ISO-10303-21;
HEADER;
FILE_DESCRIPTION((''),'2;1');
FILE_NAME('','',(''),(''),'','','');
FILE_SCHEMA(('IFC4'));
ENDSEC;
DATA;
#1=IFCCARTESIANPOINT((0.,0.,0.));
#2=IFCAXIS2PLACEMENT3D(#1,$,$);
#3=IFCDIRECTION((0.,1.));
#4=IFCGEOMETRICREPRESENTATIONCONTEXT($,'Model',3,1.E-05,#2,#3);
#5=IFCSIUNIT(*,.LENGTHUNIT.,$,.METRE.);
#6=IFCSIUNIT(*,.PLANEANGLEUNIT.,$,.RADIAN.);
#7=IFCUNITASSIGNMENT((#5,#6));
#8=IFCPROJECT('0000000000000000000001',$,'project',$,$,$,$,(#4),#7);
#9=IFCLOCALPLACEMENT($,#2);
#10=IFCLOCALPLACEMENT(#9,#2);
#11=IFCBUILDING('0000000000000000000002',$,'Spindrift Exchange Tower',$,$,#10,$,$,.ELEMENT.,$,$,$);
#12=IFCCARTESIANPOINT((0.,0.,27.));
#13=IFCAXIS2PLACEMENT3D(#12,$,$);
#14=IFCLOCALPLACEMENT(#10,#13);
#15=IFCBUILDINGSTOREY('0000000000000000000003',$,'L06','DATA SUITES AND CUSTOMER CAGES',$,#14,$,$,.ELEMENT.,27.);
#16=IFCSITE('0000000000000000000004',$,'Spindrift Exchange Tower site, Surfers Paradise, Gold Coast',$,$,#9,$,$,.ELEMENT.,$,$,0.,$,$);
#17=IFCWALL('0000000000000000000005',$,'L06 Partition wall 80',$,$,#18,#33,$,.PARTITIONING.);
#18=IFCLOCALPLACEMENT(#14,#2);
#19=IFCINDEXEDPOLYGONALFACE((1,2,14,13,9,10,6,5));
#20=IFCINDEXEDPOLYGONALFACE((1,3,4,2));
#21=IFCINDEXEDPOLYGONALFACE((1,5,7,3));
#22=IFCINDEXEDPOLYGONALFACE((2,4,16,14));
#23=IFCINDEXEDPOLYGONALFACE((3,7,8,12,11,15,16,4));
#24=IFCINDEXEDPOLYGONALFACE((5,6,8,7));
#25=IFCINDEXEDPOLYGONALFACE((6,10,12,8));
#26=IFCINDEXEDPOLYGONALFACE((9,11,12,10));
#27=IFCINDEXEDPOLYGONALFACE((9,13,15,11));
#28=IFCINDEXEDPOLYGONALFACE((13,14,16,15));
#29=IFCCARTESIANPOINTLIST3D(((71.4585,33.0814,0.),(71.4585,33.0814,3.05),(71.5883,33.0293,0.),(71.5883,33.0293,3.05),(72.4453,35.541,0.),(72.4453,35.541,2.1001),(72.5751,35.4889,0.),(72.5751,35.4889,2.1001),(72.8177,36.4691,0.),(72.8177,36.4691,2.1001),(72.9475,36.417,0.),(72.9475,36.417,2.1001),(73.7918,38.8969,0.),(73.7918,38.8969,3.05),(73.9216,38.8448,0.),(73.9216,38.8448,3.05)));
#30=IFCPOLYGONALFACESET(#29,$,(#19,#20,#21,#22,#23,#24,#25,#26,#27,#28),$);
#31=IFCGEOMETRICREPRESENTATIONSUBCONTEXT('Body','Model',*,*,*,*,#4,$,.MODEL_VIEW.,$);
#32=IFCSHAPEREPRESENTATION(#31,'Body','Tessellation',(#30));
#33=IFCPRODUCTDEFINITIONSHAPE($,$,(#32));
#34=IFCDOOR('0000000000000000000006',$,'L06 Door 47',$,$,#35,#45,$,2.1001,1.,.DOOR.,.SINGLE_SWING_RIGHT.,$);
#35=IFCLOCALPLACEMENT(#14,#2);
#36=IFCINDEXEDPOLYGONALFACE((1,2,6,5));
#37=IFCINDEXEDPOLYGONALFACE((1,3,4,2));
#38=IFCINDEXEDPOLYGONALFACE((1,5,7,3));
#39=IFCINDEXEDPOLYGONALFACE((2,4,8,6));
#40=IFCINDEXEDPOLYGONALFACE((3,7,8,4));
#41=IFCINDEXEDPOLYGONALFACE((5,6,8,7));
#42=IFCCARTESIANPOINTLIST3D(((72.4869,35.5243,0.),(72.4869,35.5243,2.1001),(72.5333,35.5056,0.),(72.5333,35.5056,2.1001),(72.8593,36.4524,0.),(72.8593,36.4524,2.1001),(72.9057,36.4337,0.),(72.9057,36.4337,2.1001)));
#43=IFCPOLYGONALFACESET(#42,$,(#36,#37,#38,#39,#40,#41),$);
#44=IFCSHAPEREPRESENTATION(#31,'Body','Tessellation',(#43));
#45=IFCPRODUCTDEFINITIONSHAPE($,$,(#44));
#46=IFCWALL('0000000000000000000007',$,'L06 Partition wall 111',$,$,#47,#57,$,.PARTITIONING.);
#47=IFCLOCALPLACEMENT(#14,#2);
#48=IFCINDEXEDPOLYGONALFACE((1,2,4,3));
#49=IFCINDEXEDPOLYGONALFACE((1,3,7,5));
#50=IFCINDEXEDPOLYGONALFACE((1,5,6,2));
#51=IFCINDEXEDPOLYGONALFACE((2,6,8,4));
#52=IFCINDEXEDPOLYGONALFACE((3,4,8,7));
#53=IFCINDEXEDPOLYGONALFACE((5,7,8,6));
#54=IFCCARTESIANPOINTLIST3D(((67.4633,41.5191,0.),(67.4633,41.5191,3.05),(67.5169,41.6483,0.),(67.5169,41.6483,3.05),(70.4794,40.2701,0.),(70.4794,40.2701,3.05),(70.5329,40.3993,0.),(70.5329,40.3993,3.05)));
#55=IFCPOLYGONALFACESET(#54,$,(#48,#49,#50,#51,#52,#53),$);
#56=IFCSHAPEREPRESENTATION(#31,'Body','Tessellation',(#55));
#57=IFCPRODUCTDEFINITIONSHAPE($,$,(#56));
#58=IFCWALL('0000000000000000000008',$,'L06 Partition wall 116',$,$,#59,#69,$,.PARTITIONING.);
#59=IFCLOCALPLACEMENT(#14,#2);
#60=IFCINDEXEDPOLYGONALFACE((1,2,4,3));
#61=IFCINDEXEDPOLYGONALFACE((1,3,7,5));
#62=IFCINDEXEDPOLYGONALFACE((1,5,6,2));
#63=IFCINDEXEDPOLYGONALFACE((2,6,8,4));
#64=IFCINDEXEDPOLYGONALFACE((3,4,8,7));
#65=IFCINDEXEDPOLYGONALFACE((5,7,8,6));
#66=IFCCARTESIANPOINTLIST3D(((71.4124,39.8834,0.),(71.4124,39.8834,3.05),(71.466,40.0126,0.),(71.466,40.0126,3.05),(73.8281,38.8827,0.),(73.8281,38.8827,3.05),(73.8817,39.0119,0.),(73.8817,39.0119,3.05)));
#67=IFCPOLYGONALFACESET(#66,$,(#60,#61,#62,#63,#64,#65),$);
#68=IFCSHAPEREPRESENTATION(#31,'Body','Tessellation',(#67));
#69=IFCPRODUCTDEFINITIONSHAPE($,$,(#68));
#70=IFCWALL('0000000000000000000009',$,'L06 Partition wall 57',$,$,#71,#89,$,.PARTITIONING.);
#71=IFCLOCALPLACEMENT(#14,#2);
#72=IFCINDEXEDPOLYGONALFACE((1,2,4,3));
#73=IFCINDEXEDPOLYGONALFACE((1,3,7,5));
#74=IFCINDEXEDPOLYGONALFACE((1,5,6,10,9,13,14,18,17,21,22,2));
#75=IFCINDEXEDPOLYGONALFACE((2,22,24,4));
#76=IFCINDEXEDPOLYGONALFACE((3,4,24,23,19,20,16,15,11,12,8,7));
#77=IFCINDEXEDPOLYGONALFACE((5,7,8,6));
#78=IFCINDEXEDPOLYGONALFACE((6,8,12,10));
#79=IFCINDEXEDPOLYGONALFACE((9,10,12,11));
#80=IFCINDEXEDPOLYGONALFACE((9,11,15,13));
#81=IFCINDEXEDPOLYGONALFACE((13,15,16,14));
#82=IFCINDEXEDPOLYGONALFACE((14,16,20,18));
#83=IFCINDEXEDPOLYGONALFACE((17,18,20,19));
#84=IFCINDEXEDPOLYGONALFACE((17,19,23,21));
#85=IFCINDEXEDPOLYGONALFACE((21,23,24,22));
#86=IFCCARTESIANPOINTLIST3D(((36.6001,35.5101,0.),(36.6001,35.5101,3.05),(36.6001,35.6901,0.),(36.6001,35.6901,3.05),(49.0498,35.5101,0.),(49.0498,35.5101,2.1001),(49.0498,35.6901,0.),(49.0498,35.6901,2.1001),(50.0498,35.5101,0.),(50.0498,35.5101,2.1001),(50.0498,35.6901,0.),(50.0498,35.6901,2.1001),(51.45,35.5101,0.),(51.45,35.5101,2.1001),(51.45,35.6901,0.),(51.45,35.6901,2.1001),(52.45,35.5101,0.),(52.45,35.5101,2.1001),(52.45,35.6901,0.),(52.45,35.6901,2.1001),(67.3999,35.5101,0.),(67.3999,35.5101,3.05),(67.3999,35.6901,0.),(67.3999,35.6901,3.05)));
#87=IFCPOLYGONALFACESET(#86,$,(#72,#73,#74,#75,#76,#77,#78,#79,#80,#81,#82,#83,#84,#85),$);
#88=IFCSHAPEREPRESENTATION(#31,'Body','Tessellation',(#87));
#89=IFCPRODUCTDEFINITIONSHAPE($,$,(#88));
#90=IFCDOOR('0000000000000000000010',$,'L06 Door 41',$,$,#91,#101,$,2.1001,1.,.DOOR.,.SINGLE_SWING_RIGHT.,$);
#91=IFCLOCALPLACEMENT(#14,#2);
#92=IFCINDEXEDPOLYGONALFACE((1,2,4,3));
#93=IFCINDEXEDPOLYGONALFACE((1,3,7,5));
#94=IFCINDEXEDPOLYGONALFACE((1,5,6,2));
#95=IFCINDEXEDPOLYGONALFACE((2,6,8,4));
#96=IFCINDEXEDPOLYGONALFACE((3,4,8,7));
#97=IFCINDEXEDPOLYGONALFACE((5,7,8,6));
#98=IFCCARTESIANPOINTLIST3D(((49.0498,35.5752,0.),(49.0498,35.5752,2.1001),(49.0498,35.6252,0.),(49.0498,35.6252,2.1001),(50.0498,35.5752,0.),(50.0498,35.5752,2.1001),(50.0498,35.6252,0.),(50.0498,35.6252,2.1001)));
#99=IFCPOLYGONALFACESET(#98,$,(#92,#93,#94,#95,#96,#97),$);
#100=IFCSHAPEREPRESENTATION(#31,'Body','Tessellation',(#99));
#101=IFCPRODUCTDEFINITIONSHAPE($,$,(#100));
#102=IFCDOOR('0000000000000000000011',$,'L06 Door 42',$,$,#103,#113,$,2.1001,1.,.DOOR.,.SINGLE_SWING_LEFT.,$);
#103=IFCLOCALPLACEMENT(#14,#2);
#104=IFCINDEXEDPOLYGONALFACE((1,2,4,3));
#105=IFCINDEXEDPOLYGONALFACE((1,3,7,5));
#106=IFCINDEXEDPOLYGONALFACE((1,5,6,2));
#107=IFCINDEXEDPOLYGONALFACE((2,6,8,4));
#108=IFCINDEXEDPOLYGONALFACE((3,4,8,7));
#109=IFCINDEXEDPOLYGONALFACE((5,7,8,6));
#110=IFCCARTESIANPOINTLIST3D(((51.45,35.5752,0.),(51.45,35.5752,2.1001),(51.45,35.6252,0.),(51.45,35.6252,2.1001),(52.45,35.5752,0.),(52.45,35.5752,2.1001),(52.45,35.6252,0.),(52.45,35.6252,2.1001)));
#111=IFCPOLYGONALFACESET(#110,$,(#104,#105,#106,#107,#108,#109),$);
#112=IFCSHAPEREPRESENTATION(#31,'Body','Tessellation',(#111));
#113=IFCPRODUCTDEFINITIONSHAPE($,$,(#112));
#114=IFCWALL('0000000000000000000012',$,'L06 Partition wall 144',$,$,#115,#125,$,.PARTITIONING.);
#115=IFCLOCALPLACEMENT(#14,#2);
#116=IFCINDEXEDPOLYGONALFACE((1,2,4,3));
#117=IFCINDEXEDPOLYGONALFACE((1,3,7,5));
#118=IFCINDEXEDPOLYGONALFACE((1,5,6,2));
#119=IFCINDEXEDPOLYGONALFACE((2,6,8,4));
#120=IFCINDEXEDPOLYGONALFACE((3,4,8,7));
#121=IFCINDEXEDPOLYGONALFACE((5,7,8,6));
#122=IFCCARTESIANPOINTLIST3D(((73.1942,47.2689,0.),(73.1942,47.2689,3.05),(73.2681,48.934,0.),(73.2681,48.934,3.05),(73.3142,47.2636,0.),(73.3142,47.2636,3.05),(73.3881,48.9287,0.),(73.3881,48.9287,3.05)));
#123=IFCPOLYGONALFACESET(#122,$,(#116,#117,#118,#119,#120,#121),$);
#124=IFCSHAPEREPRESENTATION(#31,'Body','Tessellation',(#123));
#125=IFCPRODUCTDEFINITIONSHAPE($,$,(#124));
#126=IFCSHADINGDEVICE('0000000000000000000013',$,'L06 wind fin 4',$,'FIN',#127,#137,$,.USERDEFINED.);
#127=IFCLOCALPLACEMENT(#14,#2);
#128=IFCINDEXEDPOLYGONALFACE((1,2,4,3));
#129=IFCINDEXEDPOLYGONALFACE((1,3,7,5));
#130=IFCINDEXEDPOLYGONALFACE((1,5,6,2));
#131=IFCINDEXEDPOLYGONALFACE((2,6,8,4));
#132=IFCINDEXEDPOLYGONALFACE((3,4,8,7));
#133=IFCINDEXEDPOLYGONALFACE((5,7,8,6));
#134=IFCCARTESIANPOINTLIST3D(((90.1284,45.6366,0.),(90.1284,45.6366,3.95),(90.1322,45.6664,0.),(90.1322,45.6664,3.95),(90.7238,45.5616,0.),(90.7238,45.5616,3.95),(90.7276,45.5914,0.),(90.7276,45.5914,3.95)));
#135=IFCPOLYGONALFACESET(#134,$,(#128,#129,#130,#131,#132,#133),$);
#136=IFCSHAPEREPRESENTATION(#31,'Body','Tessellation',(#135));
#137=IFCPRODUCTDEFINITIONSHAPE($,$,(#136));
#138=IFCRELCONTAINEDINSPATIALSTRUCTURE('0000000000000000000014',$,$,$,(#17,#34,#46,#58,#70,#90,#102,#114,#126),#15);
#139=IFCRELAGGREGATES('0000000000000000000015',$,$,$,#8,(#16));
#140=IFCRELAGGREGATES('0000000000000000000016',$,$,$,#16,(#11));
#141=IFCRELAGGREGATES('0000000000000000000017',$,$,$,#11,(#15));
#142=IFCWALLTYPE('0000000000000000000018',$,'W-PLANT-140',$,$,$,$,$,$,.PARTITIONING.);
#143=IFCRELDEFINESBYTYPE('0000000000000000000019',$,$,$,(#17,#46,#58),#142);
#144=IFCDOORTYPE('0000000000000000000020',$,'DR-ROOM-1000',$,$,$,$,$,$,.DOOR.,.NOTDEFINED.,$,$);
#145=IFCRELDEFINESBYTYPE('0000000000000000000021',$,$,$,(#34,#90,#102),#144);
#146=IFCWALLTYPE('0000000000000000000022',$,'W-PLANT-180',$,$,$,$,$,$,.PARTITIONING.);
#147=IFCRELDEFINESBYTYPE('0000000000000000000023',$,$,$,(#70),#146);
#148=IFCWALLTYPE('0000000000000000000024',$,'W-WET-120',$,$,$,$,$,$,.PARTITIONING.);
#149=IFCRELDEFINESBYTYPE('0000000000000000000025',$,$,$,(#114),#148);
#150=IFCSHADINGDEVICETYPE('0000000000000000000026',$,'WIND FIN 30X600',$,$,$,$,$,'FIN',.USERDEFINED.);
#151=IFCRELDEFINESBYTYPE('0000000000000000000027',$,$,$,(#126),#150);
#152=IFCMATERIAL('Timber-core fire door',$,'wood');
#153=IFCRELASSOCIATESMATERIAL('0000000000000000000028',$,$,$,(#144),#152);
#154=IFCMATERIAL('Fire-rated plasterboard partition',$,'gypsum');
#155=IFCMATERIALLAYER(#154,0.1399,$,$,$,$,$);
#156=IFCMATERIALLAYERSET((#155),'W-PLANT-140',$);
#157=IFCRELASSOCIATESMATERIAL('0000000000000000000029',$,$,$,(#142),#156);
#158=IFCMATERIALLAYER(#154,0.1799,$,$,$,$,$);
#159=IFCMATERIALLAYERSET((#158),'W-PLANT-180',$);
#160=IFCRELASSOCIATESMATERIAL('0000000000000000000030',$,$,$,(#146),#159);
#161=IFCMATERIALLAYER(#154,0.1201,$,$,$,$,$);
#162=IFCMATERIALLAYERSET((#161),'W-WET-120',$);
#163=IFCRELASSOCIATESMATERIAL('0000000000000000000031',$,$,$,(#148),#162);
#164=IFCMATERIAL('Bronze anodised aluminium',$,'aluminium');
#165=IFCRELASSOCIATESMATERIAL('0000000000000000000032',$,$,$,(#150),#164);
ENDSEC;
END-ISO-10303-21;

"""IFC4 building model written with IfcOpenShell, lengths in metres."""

from ifc_helpers import new_model, si_unit, direction, frame, frame_2d, origin, origin_2d, place, context, subcontext, project, spatial, rectangle, extrude, source, transform, mapped, material, layer, layer_set, material_profile, profile_set, type_object, element, fill, save


model = new_model("IFC4")

# Units and contexts
model_context = context("Model", 3, precision=1e-05, world=origin(), true_north=direction((0.0, 1.0)))
body_context = subcontext(model_context, "Body", "Model", "MODEL_VIEW")
ifc_project = project(units=[si_unit("LENGTHUNIT", "METRE"), si_unit("PLANEANGLEUNIT", "RADIAN")], contexts=[model_context])

# Site, building, storey
site_placement = place(None, origin())
site = spatial("IfcSite", under=ifc_project, at=site_placement, Name="Spindrift Exchange Tower site, Surfers Paradise, Gold Coast", CompositionType="ELEMENT", RefElevation=0.0)
building_placement = place(site_placement, origin())
building = spatial("IfcBuilding", under=site, at=building_placement, Name="Spindrift Exchange Tower", CompositionType="ELEMENT")
storey_placement = place(building_placement, frame((0.0, 0.0, 27.0)))
storey = spatial("IfcBuildingStorey", under=building, at=storey_placement, Name="L06", Description="DATA SUITES AND CUSTOMER CAGES", CompositionType="ELEMENT", Elevation=27.0)

# Shared definitions
ifc_material_1 = material(Name="Bronze anodised aluminium", Category="aluminium")

# Shared definitions
ifc_material_2 = material(Name="Fire-rated plasterboard partition", Category="gypsum")

# Wall, opening, door
ifc_material_3 = material(Name="Timber-core fire door", Category="wood")
door_type = type_object("IfcDoorType", Name="DR-ROOM-1000", OperationType="NOTDEFINED", PredefinedType="DOOR", material=ifc_material_3)
shared_shape_1 = source(origin(), body_context, "Body", "SweptSolid", [
    extrude(rectangle(XDim=1.0, YDim=2.1001, at=frame_2d((0.5, 1.05))), frame((0.0, 0.0249, 0.0), z_axis=(0.0, -1.0, 0.0), x_axis=(1.0, 0.0, 0.0)), (0.0, 0.0, 1.0), 0.05),
])
ifc_layer_1 = layer(ifc_material_2, 0.1399)
ifc_layer_set_1 = layer_set([ifc_layer_1], Name="W-PLANT-140")
wall_type_1 = type_object("IfcWallType", Name="W-PLANT-140", PredefinedType="PARTITIONING", material=ifc_layer_set_1)
wall_1_placement = place(storey_placement, frame((73.8567, 38.8708, 0.0), z_axis=(0.0, 0.0, 1.0), x_axis=(-0.372365, -0.928087, 0.0)))
wall_1 = element("IfcWall", 1, at=wall_1_placement, inside=storey, type_object=wall_type_1, Name="L06 Partition wall 80", PredefinedType="PARTITIONING", context=body_context, shape_type="SweptSolid", body=[
    extrude(rectangle(XDim=6.2661, YDim=0.1399, at=frame_2d((3.1331, 0.0))), origin(), (0.0, 0.0, 1.0), 3.05),
])
opening_1_placement = place(wall_1_placement, frame((2.616, 0.0, 0.0)))
opening_1 = element("IfcOpeningElement", 2, at=opening_1_placement, cuts=wall_1, PredefinedType="OPENING", context=body_context, shape_type="SweptSolid", body=[
    extrude(rectangle(XDim=1.0, YDim=2.1001, at=frame_2d((0.5, 1.05))), frame((0.0, 0.0798, 0.0), z_axis=(0.0, -1.0, 0.0), x_axis=(1.0, 0.0, 0.0)), (0.0, 0.0, 1.0), 0.1599),
])
door_1_placement = place(opening_1_placement, origin())
door_1 = element("IfcDoor", 3, at=door_1_placement, inside=storey, type_object=door_type, Name="L06 Door 47", OperationType="SINGLE_SWING_RIGHT", OverallHeight=2.1001, OverallWidth=1.0, PredefinedType="DOOR", context=body_context, shape_type="MappedRepresentation", body=[
    mapped(shared_shape_1, transform((0.0, 0.0, 0.0), scale=1.0)),
])
fill(opening_1, door_1)

# Walls
wall_2_placement = place(storey_placement, frame((67.49, 41.5837, 0.0), z_axis=(0.0, 0.0, 1.0), x_axis=(0.923911, -0.382607, 0.0)))
element("IfcWall", 4, at=wall_2_placement, inside=storey, type_object=wall_type_1, Name="L06 Partition wall 111", PredefinedType="PARTITIONING", context=body_context, shape_type="SweptSolid", body=[
    extrude(rectangle(XDim=3.2644, YDim=0.1399, at=frame_2d((1.6323, 0.0))), origin(), (0.0, 0.0, 1.0), 3.05),
])
wall_3_placement = place(storey_placement, frame((71.4392, 39.948, 0.0), z_axis=(0.0, 0.0, 1.0), x_axis=(0.923868, -0.382712, 0.0)))
element("IfcWall", 5, at=wall_3_placement, inside=storey, type_object=wall_type_1, Name="L06 Partition wall 116", PredefinedType="PARTITIONING", context=body_context, shape_type="SweptSolid", body=[
    extrude(rectangle(XDim=2.6147, YDim=0.1399, at=frame_2d((1.3074, 0.0))), origin(), (0.0, 0.0, 1.0), 3.05),
])

# Wall, openings, doors
ifc_layer_2 = layer(ifc_material_2, 0.1799)
ifc_layer_set_2 = layer_set([ifc_layer_2], Name="W-PLANT-180")
wall_type_2 = type_object("IfcWallType", Name="W-PLANT-180", PredefinedType="PARTITIONING", material=ifc_layer_set_2)
wall_4_placement = place(storey_placement, frame((67.3999, 35.6001, 0.0), z_axis=(0.0, 0.0, 1.0), x_axis=(-1.0, 0.0, 0.0)))
wall_4 = element("IfcWall", 6, at=wall_4_placement, inside=storey, type_object=wall_type_2, Name="L06 Partition wall 57", PredefinedType="PARTITIONING", context=body_context, shape_type="SweptSolid", body=[
    extrude(rectangle(XDim=30.7998, YDim=0.1799, at=frame_2d((15.3999, 0.0))), origin(), (0.0, 0.0, 1.0), 3.05),
])
opening_2_placement = place(wall_4_placement, frame((17.3501, 0.0, 0.0)))
opening_2 = element("IfcOpeningElement", 7, at=opening_2_placement, cuts=wall_4, PredefinedType="OPENING", context=body_context, shape_type="SweptSolid", body=[
    extrude(rectangle(XDim=1.0, YDim=2.1001, at=frame_2d((0.5, 1.05))), frame((0.0, 0.0999, 0.0), z_axis=(0.0, -1.0, 0.0), x_axis=(1.0, 0.0, 0.0)), (0.0, 0.0, 1.0), 0.2),
])
opening_3_placement = place(wall_4_placement, frame((14.95, 0.0, 0.0)))
opening_3 = element("IfcOpeningElement", 8, at=opening_3_placement, cuts=wall_4, PredefinedType="OPENING", context=body_context, shape_type="SweptSolid", body=[
    extrude(rectangle(XDim=1.0, YDim=2.1001, at=frame_2d((0.5, 1.05))), frame((0.0, 0.0999, 0.0), z_axis=(0.0, -1.0, 0.0), x_axis=(1.0, 0.0, 0.0)), (0.0, 0.0, 1.0), 0.2),
])
door_2_placement = place(opening_2_placement, origin())
door_2 = element("IfcDoor", 9, at=door_2_placement, inside=storey, type_object=door_type, Name="L06 Door 41", OperationType="SINGLE_SWING_RIGHT", OverallHeight=2.1001, OverallWidth=1.0, PredefinedType="DOOR", context=body_context, shape_type="MappedRepresentation", body=[
    mapped(shared_shape_1, transform((0.0, 0.0, 0.0), scale=1.0)),
])
fill(opening_2, door_2)
door_3_placement = place(opening_3_placement, origin())
door_3 = element("IfcDoor", 10, at=door_3_placement, inside=storey, type_object=door_type, Name="L06 Door 42", OperationType="SINGLE_SWING_LEFT", OverallHeight=2.1001, OverallWidth=1.0, PredefinedType="DOOR", context=body_context, shape_type="MappedRepresentation", body=[
    mapped(shared_shape_1, transform((0.0, 0.0, 0.0), scale=1.0)),
])
fill(opening_3, door_3)

# Wall
ifc_layer_3 = layer(ifc_material_2, 0.1201)
ifc_layer_set_3 = layer_set([ifc_layer_3], Name="W-WET-120")
wall_type_3 = type_object("IfcWallType", Name="W-WET-120", PredefinedType="PARTITIONING", material=ifc_layer_set_3)
wall_5_placement = place(storey_placement, frame((73.2542, 47.2661, 0.0), z_axis=(0.0, 0.0, 1.0), x_axis=(0.044384, 0.999015, 0.0)))
element("IfcWall", 11, at=wall_5_placement, inside=storey, type_object=wall_type_3, Name="L06 Partition wall 144", PredefinedType="PARTITIONING", context=body_context, shape_type="SweptSolid", body=[
    extrude(rectangle(XDim=1.6667, YDim=0.1201, at=frame_2d((0.8335, 0.0))), origin(), (0.0, 0.0, 1.0), 3.05),
])

# Shading device
ifc_material_profile_1 = material_profile(ifc_material_1, rectangle(XDim=0.03, YDim=0.6001, at=origin_2d()), Name="WIND FIN 30X600")
ifc_profile_set_1 = profile_set([ifc_material_profile_1], Name="Bronze anodised aluminium")
shading_device_type = type_object("IfcShadingDeviceType", Name="WIND FIN 30X600", ElementType="FIN", PredefinedType="USERDEFINED", material=ifc_profile_set_1)
shared_shape_2 = source(origin(), body_context, "Body", "SweptSolid", [
    extrude(rectangle(XDim=0.03, YDim=0.6001, at=origin_2d()), origin(), (0.0, 0.0, 1.0), 3.95),
])
shading_device_placement = place(storey_placement, frame((90.428, 45.614, 0.0), z_axis=(0.0, 0.0, 1.0), x_axis=(0.124869, 0.992173, 0.0)))
element("IfcShadingDevice", 12, at=shading_device_placement, inside=storey, type_object=shading_device_type, Name="L06 wind fin 4", ObjectType="FIN", PredefinedType="USERDEFINED", context=body_context, shape_type="MappedRepresentation", body=[
    mapped(shared_shape_2, transform((0.0, 0.0, 0.0), scale=1.0)),
])

save(model, "model.ifc")
